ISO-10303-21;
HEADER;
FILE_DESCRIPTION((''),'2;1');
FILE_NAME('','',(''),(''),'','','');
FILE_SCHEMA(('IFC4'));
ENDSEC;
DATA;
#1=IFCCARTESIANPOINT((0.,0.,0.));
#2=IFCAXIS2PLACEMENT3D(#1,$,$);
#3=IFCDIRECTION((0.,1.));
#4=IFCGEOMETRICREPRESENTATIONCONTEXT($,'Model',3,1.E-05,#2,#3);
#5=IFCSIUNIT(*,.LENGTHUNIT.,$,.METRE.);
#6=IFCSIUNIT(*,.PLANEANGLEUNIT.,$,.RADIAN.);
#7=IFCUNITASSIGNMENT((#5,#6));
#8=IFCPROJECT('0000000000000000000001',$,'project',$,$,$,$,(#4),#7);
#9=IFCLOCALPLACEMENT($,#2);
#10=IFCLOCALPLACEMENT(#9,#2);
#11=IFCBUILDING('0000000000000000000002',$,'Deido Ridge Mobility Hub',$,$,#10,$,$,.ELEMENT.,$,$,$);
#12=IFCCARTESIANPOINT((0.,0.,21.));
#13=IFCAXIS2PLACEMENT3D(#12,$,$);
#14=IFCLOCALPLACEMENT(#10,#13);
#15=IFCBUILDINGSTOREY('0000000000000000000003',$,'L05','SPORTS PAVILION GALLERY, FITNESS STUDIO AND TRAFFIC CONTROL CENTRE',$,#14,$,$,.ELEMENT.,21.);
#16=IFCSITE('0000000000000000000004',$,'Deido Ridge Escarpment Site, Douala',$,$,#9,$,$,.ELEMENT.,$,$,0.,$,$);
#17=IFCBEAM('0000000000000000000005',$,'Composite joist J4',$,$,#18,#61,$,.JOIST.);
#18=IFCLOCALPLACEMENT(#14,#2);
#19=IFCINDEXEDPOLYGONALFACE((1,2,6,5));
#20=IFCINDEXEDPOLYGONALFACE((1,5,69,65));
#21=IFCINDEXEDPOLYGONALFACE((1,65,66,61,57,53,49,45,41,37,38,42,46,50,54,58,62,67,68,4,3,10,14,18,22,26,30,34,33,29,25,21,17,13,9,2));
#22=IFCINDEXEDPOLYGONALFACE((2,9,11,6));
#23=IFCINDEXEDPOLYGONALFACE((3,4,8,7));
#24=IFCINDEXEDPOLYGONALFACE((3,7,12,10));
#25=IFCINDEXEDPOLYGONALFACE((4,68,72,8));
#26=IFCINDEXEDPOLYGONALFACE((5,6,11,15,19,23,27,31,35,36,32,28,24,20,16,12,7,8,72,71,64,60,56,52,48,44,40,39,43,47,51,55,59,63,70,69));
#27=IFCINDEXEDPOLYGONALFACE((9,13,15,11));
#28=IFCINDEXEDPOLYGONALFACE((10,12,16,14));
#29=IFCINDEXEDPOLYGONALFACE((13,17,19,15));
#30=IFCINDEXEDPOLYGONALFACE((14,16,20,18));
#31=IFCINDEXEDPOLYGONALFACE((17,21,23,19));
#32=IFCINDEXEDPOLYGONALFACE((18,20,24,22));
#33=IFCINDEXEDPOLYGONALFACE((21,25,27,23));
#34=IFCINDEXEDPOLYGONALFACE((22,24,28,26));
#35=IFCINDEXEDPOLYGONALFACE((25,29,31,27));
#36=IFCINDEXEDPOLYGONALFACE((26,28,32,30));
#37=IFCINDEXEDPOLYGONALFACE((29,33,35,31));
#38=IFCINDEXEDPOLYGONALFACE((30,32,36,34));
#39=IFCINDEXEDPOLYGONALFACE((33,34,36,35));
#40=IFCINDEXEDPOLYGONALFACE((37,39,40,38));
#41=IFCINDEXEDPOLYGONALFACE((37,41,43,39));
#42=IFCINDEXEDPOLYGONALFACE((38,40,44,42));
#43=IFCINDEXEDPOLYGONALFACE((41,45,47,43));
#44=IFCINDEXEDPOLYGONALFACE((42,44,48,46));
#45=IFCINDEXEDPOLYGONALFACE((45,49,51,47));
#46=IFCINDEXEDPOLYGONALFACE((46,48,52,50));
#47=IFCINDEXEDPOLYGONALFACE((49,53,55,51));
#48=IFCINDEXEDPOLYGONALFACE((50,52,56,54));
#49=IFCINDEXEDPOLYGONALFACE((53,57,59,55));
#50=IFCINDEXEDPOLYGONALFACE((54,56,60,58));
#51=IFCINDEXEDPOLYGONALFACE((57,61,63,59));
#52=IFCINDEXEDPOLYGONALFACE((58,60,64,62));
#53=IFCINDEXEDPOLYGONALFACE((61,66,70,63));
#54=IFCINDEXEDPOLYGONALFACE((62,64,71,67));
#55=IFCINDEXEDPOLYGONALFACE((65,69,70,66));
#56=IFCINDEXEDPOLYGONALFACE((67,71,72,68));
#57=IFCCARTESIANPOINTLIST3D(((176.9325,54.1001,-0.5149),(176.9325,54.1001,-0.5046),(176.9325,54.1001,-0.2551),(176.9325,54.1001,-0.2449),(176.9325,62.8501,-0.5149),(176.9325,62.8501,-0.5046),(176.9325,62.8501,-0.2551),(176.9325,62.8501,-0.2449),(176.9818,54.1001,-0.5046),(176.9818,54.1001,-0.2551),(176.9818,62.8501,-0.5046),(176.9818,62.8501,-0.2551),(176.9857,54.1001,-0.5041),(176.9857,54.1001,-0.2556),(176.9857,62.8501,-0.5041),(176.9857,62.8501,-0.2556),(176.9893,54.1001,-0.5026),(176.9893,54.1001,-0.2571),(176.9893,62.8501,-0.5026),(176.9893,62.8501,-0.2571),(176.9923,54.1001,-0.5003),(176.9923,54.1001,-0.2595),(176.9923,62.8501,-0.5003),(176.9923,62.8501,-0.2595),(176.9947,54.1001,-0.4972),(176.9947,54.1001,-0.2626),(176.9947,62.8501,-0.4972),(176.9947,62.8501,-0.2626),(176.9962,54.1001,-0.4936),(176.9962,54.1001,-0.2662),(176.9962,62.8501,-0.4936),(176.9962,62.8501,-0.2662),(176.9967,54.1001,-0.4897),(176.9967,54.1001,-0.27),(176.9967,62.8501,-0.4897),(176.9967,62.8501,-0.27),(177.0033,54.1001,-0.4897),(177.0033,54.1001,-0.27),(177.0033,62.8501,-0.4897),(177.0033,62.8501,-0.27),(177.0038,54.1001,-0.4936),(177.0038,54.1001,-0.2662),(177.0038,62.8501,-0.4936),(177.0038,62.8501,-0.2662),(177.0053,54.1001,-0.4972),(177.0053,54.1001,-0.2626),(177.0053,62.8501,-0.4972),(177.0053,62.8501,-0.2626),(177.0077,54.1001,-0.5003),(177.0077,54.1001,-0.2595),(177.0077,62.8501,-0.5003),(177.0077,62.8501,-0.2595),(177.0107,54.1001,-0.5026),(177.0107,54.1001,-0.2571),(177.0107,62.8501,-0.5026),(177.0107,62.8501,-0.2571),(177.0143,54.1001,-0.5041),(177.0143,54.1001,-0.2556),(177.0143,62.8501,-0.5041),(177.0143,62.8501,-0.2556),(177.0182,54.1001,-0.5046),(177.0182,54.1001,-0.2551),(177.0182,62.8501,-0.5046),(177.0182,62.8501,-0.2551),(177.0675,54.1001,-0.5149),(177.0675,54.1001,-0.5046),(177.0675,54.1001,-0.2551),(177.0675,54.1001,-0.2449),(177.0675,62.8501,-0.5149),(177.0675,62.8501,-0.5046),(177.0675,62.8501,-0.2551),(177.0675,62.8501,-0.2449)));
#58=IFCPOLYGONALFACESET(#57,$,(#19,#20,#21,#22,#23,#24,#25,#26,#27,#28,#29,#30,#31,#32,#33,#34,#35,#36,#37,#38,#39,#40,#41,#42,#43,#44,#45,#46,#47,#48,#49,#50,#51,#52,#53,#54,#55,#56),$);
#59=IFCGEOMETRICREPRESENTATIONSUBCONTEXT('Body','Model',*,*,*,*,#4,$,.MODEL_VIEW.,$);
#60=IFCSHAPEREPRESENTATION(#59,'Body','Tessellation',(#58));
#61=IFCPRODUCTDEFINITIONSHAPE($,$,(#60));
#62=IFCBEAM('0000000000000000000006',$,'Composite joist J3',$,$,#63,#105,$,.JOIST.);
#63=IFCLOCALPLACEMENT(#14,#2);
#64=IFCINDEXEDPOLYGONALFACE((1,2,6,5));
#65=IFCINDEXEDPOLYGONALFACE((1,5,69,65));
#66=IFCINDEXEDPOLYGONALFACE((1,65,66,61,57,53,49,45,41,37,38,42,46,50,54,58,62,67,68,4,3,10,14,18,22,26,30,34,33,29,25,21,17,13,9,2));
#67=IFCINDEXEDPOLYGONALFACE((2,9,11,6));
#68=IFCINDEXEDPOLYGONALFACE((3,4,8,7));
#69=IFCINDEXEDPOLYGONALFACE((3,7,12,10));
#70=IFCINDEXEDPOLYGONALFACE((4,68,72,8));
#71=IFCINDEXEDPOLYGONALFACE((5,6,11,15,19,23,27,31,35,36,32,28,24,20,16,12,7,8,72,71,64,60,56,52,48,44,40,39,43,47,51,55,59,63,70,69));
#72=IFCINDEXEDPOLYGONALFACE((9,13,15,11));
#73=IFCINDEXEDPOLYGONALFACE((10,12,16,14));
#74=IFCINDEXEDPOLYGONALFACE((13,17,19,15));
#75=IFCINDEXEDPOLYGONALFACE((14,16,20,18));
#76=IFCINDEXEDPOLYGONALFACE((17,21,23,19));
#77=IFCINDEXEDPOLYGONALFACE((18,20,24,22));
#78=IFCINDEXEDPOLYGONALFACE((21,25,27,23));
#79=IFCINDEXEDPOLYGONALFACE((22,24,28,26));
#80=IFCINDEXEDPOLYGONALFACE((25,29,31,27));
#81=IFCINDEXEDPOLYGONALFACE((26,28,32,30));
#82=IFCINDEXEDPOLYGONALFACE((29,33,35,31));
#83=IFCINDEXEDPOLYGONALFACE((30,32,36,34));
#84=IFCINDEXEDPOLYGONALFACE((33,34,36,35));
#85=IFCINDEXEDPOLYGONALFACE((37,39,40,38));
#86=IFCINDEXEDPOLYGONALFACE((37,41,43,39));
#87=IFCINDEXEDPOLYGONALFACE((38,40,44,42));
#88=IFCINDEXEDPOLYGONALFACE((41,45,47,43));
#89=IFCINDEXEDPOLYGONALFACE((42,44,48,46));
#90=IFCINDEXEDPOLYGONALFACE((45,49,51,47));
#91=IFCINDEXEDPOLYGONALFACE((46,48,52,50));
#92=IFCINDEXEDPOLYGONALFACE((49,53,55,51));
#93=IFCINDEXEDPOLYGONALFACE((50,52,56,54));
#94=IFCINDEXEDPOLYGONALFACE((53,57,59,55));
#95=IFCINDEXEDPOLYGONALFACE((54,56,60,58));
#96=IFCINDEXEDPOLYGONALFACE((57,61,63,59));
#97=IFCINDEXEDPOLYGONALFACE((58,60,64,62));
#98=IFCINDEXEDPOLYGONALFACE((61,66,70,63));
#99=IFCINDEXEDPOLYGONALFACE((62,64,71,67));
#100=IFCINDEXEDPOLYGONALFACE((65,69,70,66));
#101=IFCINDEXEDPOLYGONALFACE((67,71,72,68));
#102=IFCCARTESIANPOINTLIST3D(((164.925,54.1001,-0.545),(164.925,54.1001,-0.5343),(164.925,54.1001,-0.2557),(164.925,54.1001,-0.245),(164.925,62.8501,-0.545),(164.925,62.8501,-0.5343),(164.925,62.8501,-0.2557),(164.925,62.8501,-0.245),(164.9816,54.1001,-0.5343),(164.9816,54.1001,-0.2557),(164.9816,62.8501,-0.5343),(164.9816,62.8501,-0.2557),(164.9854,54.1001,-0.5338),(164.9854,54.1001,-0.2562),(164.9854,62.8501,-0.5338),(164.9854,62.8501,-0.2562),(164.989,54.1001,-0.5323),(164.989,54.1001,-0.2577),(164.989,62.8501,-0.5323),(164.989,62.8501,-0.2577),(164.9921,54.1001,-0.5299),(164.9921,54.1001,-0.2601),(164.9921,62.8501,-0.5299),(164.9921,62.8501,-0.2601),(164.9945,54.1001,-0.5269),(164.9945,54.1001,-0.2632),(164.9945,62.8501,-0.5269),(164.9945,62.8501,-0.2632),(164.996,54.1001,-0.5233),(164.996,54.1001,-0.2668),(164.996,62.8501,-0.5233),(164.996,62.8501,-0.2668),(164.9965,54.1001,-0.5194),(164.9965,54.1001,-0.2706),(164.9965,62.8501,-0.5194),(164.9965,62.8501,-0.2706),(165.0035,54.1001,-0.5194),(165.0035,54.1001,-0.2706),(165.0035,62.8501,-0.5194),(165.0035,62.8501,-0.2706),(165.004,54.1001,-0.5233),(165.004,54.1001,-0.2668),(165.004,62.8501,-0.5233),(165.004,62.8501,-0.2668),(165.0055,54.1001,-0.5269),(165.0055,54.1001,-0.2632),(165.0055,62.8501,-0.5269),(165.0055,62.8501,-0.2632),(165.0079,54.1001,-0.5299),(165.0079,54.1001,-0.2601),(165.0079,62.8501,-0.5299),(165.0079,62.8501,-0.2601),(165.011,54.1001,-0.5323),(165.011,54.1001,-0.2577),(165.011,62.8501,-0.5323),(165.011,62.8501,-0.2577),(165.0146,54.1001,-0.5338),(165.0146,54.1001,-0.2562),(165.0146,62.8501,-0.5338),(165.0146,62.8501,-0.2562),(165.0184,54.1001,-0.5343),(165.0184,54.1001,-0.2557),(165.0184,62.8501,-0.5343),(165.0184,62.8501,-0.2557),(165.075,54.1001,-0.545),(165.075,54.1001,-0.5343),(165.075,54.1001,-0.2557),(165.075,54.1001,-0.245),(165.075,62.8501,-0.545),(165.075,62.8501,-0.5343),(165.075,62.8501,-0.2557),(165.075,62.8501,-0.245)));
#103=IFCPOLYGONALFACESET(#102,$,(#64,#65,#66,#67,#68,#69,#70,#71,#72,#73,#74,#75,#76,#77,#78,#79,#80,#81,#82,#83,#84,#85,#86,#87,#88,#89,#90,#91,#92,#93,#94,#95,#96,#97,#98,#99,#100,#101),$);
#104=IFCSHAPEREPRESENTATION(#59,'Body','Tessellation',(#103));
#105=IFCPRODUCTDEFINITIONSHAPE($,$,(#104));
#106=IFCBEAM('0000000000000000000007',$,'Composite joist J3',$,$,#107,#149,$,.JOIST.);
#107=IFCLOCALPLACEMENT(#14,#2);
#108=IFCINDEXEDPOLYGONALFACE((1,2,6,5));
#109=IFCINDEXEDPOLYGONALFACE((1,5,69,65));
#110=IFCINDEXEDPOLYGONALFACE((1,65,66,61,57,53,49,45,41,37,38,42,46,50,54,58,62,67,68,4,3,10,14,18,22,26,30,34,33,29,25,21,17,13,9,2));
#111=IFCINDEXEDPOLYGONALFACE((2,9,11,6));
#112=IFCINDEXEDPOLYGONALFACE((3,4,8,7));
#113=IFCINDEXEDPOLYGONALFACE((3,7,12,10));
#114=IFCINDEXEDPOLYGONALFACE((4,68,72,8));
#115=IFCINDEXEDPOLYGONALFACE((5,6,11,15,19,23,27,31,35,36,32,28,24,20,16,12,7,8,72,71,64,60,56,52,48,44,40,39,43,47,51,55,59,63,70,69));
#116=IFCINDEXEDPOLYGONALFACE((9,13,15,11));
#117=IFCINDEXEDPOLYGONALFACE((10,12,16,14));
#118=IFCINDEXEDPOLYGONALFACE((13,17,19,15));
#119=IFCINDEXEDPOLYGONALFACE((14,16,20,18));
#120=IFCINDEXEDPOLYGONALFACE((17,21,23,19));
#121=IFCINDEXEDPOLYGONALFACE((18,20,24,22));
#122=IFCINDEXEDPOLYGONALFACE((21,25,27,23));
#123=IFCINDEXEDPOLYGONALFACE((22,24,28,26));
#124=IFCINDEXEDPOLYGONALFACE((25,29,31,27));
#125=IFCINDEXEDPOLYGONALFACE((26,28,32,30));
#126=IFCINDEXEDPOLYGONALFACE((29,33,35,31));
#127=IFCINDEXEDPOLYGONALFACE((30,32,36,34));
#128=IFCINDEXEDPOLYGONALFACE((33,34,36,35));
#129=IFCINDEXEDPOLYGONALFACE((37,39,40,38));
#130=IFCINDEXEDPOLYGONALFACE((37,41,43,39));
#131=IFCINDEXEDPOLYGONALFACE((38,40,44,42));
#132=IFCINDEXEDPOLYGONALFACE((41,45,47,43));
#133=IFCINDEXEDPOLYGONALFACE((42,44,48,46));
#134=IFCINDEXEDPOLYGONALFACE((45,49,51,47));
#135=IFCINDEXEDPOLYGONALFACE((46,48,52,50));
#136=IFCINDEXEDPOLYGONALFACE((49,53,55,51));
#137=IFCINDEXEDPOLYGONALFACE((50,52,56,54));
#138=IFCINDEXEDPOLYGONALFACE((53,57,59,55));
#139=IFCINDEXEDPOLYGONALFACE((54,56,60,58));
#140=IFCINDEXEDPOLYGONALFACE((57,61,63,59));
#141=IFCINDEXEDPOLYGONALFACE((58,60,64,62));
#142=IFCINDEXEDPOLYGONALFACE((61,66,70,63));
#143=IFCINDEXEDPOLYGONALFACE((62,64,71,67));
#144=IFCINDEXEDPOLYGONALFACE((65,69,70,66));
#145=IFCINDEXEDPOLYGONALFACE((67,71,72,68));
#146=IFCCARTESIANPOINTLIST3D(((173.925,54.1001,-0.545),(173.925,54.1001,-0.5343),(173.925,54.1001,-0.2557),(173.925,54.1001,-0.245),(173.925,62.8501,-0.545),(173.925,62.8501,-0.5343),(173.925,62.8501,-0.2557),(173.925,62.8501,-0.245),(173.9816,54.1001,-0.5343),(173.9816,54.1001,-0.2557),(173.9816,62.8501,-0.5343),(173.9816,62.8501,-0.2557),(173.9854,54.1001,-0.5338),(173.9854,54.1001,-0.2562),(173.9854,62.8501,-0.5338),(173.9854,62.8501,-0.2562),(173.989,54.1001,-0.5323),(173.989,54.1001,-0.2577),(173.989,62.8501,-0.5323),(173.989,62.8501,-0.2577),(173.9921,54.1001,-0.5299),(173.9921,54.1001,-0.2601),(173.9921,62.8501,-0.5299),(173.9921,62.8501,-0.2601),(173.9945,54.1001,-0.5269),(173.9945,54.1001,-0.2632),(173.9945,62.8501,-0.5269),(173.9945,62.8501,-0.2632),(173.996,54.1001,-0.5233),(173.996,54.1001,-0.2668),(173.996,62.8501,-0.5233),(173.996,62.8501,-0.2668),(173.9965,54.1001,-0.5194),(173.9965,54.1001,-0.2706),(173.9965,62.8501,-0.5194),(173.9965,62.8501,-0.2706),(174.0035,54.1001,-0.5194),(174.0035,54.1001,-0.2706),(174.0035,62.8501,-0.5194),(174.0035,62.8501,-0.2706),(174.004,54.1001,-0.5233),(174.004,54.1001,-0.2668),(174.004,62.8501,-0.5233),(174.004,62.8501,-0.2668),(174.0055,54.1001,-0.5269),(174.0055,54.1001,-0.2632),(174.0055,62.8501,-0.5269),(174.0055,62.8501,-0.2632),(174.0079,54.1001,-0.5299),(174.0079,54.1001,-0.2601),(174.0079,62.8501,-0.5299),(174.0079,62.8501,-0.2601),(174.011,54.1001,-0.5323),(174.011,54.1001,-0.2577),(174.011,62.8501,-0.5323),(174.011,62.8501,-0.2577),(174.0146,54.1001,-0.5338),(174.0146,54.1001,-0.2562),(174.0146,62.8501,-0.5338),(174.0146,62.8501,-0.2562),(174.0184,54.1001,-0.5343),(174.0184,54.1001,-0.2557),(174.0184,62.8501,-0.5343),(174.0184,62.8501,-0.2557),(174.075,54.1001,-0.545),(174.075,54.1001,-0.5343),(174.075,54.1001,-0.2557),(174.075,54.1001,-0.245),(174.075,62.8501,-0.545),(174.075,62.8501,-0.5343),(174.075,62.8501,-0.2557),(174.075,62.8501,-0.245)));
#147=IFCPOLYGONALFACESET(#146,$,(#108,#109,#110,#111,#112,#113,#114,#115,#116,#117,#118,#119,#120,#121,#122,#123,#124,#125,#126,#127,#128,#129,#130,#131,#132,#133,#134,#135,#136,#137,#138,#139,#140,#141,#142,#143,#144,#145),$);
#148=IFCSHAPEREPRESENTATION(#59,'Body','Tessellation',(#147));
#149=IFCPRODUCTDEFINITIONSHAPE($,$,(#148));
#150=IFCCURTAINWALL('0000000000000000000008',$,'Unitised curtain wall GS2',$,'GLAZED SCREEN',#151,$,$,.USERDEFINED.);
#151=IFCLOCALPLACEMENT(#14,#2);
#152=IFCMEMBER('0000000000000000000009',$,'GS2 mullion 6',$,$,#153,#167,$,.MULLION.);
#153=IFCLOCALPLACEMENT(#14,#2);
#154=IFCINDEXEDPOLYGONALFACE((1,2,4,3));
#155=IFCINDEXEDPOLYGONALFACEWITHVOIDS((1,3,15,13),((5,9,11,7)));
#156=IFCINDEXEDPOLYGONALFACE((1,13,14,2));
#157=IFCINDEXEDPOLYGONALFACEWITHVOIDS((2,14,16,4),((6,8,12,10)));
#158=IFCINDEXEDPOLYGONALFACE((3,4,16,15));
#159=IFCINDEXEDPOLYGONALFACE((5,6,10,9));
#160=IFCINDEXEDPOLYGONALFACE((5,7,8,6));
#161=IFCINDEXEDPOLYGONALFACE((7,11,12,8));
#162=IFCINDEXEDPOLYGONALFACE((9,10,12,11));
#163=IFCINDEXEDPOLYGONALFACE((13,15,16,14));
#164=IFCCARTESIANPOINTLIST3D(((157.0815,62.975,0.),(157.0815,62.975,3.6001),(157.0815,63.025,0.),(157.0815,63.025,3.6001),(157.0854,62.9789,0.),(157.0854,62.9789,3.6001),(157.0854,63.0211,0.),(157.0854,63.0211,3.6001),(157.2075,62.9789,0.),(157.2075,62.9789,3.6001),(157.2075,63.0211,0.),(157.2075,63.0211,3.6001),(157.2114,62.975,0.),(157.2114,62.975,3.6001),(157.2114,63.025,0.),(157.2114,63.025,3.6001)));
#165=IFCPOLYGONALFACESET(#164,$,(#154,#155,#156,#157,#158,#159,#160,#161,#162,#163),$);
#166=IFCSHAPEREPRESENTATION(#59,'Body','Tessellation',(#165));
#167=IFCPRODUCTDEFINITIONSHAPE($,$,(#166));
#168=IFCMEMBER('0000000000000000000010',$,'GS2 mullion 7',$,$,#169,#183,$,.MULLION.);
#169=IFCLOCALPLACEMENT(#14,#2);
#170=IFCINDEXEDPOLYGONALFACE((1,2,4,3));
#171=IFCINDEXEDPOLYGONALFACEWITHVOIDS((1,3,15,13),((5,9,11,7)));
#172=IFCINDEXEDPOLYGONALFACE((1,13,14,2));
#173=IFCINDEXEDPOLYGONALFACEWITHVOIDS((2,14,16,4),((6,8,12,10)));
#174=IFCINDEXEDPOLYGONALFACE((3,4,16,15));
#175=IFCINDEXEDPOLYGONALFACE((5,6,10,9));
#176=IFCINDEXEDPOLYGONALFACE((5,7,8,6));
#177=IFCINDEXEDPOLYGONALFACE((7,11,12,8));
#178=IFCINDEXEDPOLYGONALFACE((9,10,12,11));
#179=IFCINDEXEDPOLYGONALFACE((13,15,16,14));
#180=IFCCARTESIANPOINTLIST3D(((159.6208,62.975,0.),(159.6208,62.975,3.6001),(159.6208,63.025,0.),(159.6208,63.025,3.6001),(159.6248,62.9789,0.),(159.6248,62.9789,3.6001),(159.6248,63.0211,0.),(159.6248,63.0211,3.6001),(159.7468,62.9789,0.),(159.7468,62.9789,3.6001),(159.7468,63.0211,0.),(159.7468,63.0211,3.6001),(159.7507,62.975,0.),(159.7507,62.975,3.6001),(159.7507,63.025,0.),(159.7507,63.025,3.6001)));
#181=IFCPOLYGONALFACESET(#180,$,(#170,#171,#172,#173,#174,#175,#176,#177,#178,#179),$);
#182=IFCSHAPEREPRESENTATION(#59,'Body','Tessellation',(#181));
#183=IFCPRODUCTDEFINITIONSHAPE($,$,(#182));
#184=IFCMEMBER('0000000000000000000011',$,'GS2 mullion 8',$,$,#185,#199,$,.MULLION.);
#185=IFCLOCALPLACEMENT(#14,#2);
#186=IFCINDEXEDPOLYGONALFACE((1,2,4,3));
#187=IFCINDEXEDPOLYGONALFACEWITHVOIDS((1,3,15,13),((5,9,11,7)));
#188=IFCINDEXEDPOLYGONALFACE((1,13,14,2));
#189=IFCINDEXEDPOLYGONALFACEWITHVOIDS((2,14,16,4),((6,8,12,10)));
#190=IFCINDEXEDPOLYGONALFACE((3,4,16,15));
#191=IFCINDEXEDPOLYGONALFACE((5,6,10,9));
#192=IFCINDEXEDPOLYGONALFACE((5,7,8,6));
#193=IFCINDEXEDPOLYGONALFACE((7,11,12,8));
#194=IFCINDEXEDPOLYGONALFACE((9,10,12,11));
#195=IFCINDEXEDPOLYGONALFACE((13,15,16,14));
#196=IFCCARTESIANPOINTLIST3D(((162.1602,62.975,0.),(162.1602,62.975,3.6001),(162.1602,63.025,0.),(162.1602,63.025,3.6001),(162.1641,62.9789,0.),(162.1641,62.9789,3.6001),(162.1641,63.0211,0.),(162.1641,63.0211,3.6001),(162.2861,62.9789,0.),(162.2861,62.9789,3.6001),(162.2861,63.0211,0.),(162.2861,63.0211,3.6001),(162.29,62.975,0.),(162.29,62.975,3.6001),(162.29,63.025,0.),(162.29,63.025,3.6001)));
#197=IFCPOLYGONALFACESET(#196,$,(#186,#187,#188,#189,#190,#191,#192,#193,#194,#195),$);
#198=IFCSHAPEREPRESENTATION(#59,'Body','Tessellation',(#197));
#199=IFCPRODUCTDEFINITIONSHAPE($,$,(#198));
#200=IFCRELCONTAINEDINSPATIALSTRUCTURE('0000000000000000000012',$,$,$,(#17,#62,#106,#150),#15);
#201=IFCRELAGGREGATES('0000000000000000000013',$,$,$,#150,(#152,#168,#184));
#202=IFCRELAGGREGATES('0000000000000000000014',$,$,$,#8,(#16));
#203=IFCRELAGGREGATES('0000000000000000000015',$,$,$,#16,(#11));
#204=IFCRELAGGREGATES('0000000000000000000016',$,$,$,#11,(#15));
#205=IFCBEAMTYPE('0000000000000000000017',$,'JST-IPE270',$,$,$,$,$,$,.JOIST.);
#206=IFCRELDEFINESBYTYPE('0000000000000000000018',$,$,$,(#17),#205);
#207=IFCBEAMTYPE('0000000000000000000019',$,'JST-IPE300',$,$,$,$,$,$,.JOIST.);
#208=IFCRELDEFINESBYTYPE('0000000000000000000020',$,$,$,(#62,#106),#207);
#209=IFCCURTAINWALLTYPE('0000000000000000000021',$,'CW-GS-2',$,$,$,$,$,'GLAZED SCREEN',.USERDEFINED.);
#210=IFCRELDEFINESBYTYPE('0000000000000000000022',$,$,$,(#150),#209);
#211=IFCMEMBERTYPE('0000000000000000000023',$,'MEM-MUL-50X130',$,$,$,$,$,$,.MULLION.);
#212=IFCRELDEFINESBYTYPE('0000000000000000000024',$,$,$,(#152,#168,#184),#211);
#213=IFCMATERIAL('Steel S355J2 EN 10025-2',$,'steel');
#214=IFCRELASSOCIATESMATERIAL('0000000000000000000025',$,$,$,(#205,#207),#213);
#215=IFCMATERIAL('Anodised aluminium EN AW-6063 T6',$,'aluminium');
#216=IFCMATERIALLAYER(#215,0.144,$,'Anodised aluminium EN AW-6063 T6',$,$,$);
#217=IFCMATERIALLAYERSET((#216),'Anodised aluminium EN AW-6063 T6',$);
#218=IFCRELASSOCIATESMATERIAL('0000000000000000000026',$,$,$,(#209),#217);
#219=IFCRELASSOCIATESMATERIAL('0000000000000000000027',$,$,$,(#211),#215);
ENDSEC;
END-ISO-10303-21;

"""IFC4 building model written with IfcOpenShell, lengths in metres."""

from ifc_helpers import new_model, si_unit, direction, frame, origin, origin_2d, place, context, subcontext, project, spatial, hollow_rectangle, i_section, extrude, material, layer, layer_set, material_profile, profile_set, type_object, element, aggregate, save


model = new_model("IFC4")

# Units and contexts
model_context = context("Model", 3, precision=1e-05, world=origin(), true_north=direction((0.0, 1.0)))
body_context = subcontext(model_context, "Body", "Model", "MODEL_VIEW")
ifc_project = project(units=[si_unit("LENGTHUNIT", "METRE"), si_unit("PLANEANGLEUNIT", "RADIAN")], contexts=[model_context])

# Site, building, storey
site_placement = place(None, origin())
site = spatial("IfcSite", under=ifc_project, at=site_placement, Name="Deido Ridge Escarpment Site, Douala", CompositionType="ELEMENT", RefElevation=0.0)
building_placement = place(site_placement, origin())
building = spatial("IfcBuilding", under=site, at=building_placement, Name="Deido Ridge Mobility Hub", CompositionType="ELEMENT")
storey_placement = place(building_placement, frame((0.0, 0.0, 21.0)))
storey = spatial("IfcBuildingStorey", under=building, at=storey_placement, Name="L05", Description="SPORTS PAVILION GALLERY, FITNESS STUDIO AND TRAFFIC CONTROL CENTRE", CompositionType="ELEMENT", Elevation=21.0)

# Beams
ifc_material_1 = material(Name="Steel S355J2 EN 10025-2", Category="steel")
ifc_material_profile_1 = material_profile(ifc_material_1, i_section(OverallWidth=0.135, OverallDepth=0.27, WebThickness=0.0066, FlangeThickness=0.0103, FilletRadius=0.0149, at=origin_2d()), Name="IPE 270")
ifc_profile_set_1 = profile_set([ifc_material_profile_1], Name="Steel S355J2 EN 10025-2")
beam_type_1 = type_object("IfcBeamType", Name="JST-IPE270", PredefinedType="JOIST", material=ifc_profile_set_1)
for number, where, z_axis, x_axis, name in (
    (1, (177.0, 54.1001, -0.3799), (0.0, 1.0, 0.0), (-1.0, 0.0, 0.0), "Composite joist J4"),
):
    element("IfcBeam", number, at=place(storey_placement, frame(where, z_axis=z_axis, x_axis=x_axis)), inside=storey, type_object=beam_type_1, Name=name, PredefinedType="JOIST", context=body_context, shape_type="SweptSolid", body=[
        extrude(i_section(OverallWidth=0.135, OverallDepth=0.27, WebThickness=0.0066, FlangeThickness=0.0103, FilletRadius=0.0149, at=origin_2d()), origin(), (0.0, 0.0, 1.0), 8.75),
    ])
ifc_material_profile_2 = material_profile(ifc_material_1, i_section(OverallWidth=0.1499, OverallDepth=0.3, WebThickness=0.0071, FlangeThickness=0.0107, FilletRadius=0.0149, at=origin_2d()), Name="IPE 300")
ifc_profile_set_2 = profile_set([ifc_material_profile_2], Name="Steel S355J2 EN 10025-2")
beam_type_2 = type_object("IfcBeamType", Name="JST-IPE300", PredefinedType="JOIST", material=ifc_profile_set_2)
for number, where, z_axis, x_axis, name in (
    (2, (165.0, 54.1001, -0.395), (0.0, 1.0, 0.0), (-1.0, 0.0, 0.0), "Composite joist J3"),
    (3, (174.0, 54.1001, -0.395), (0.0, 1.0, 0.0), (-1.0, 0.0, 0.0), "Composite joist J3"),
):
    element("IfcBeam", number, at=place(storey_placement, frame(where, z_axis=z_axis, x_axis=x_axis)), inside=storey, type_object=beam_type_2, Name=name, PredefinedType="JOIST", context=body_context, shape_type="SweptSolid", body=[
        extrude(i_section(OverallWidth=0.1499, OverallDepth=0.3, WebThickness=0.0071, FlangeThickness=0.0107, FilletRadius=0.0149, at=origin_2d()), origin(), (0.0, 0.0, 1.0), 8.75),
    ])

# Curtain wall, members
ifc_material_2 = material(Name="Anodised aluminium EN AW-6063 T6", Category="aluminium")
ifc_layer_1 = layer(ifc_material_2, 0.144, Name="Anodised aluminium EN AW-6063 T6")
ifc_layer_set_1 = layer_set([ifc_layer_1], Name="Anodised aluminium EN AW-6063 T6")
curtain_wall_type = type_object("IfcCurtainWallType", Name="CW-GS-2", ElementType="GLAZED SCREEN", PredefinedType="USERDEFINED", material=ifc_layer_set_1)
curtain_wall_placement = place(storey_placement, origin())
curtain_wall = element("IfcCurtainWall", 4, at=curtain_wall_placement, inside=storey, type_object=curtain_wall_type, Name="Unitised curtain wall GS2", ObjectType="GLAZED SCREEN", PredefinedType="USERDEFINED")
ifc_material_profile_3 = material_profile(ifc_material_2, hollow_rectangle(XDim=0.05, YDim=0.1299, WallThickness=0.0039, at=origin_2d()), Name="RHS 50x130x4")
ifc_profile_set_3 = profile_set([ifc_material_profile_3], Name="Anodised aluminium EN AW-6063 T6")
member_type_1 = type_object("IfcMemberType", Name="MEM-MUL-50X130", PredefinedType="MULLION", material=ifc_profile_set_3)
member_1_placement = place(storey_placement, frame((157.1465, 63.0, 0.0), z_axis=(0.0, 0.0, 1.0), x_axis=(0.0, 1.0, 0.0)))
member_1 = element("IfcMember", 5, at=member_1_placement, type_object=member_type_1, Name="GS2 mullion 6", PredefinedType="MULLION", context=body_context, shape_type="SweptSolid", body=[
    extrude(hollow_rectangle(XDim=0.05, YDim=0.1299, WallThickness=0.0039, at=origin_2d()), origin(), (0.0, 0.0, 1.0), 3.6001),
])
member_2_placement = place(storey_placement, frame((159.6858, 63.0, 0.0), z_axis=(0.0, 0.0, 1.0), x_axis=(0.0, 1.0, 0.0)))
member_2 = element("IfcMember", 6, at=member_2_placement, type_object=member_type_1, Name="GS2 mullion 7", PredefinedType="MULLION", context=body_context, shape_type="SweptSolid", body=[
    extrude(hollow_rectangle(XDim=0.05, YDim=0.1299, WallThickness=0.0039, at=origin_2d()), origin(), (0.0, 0.0, 1.0), 3.6001),
])
member_3_placement = place(storey_placement, frame((162.2251, 63.0, 0.0), z_axis=(0.0, 0.0, 1.0), x_axis=(0.0, 1.0, 0.0)))
member_3 = element("IfcMember", 7, at=member_3_placement, type_object=member_type_1, Name="GS2 mullion 8", PredefinedType="MULLION", context=body_context, shape_type="SweptSolid", body=[
    extrude(hollow_rectangle(XDim=0.05, YDim=0.1299, WallThickness=0.0039, at=origin_2d()), origin(), (0.0, 0.0, 1.0), 3.6001),
])

aggregate(curtain_wall, [member_1, member_2, member_3])

save(model, "model.ifc")
